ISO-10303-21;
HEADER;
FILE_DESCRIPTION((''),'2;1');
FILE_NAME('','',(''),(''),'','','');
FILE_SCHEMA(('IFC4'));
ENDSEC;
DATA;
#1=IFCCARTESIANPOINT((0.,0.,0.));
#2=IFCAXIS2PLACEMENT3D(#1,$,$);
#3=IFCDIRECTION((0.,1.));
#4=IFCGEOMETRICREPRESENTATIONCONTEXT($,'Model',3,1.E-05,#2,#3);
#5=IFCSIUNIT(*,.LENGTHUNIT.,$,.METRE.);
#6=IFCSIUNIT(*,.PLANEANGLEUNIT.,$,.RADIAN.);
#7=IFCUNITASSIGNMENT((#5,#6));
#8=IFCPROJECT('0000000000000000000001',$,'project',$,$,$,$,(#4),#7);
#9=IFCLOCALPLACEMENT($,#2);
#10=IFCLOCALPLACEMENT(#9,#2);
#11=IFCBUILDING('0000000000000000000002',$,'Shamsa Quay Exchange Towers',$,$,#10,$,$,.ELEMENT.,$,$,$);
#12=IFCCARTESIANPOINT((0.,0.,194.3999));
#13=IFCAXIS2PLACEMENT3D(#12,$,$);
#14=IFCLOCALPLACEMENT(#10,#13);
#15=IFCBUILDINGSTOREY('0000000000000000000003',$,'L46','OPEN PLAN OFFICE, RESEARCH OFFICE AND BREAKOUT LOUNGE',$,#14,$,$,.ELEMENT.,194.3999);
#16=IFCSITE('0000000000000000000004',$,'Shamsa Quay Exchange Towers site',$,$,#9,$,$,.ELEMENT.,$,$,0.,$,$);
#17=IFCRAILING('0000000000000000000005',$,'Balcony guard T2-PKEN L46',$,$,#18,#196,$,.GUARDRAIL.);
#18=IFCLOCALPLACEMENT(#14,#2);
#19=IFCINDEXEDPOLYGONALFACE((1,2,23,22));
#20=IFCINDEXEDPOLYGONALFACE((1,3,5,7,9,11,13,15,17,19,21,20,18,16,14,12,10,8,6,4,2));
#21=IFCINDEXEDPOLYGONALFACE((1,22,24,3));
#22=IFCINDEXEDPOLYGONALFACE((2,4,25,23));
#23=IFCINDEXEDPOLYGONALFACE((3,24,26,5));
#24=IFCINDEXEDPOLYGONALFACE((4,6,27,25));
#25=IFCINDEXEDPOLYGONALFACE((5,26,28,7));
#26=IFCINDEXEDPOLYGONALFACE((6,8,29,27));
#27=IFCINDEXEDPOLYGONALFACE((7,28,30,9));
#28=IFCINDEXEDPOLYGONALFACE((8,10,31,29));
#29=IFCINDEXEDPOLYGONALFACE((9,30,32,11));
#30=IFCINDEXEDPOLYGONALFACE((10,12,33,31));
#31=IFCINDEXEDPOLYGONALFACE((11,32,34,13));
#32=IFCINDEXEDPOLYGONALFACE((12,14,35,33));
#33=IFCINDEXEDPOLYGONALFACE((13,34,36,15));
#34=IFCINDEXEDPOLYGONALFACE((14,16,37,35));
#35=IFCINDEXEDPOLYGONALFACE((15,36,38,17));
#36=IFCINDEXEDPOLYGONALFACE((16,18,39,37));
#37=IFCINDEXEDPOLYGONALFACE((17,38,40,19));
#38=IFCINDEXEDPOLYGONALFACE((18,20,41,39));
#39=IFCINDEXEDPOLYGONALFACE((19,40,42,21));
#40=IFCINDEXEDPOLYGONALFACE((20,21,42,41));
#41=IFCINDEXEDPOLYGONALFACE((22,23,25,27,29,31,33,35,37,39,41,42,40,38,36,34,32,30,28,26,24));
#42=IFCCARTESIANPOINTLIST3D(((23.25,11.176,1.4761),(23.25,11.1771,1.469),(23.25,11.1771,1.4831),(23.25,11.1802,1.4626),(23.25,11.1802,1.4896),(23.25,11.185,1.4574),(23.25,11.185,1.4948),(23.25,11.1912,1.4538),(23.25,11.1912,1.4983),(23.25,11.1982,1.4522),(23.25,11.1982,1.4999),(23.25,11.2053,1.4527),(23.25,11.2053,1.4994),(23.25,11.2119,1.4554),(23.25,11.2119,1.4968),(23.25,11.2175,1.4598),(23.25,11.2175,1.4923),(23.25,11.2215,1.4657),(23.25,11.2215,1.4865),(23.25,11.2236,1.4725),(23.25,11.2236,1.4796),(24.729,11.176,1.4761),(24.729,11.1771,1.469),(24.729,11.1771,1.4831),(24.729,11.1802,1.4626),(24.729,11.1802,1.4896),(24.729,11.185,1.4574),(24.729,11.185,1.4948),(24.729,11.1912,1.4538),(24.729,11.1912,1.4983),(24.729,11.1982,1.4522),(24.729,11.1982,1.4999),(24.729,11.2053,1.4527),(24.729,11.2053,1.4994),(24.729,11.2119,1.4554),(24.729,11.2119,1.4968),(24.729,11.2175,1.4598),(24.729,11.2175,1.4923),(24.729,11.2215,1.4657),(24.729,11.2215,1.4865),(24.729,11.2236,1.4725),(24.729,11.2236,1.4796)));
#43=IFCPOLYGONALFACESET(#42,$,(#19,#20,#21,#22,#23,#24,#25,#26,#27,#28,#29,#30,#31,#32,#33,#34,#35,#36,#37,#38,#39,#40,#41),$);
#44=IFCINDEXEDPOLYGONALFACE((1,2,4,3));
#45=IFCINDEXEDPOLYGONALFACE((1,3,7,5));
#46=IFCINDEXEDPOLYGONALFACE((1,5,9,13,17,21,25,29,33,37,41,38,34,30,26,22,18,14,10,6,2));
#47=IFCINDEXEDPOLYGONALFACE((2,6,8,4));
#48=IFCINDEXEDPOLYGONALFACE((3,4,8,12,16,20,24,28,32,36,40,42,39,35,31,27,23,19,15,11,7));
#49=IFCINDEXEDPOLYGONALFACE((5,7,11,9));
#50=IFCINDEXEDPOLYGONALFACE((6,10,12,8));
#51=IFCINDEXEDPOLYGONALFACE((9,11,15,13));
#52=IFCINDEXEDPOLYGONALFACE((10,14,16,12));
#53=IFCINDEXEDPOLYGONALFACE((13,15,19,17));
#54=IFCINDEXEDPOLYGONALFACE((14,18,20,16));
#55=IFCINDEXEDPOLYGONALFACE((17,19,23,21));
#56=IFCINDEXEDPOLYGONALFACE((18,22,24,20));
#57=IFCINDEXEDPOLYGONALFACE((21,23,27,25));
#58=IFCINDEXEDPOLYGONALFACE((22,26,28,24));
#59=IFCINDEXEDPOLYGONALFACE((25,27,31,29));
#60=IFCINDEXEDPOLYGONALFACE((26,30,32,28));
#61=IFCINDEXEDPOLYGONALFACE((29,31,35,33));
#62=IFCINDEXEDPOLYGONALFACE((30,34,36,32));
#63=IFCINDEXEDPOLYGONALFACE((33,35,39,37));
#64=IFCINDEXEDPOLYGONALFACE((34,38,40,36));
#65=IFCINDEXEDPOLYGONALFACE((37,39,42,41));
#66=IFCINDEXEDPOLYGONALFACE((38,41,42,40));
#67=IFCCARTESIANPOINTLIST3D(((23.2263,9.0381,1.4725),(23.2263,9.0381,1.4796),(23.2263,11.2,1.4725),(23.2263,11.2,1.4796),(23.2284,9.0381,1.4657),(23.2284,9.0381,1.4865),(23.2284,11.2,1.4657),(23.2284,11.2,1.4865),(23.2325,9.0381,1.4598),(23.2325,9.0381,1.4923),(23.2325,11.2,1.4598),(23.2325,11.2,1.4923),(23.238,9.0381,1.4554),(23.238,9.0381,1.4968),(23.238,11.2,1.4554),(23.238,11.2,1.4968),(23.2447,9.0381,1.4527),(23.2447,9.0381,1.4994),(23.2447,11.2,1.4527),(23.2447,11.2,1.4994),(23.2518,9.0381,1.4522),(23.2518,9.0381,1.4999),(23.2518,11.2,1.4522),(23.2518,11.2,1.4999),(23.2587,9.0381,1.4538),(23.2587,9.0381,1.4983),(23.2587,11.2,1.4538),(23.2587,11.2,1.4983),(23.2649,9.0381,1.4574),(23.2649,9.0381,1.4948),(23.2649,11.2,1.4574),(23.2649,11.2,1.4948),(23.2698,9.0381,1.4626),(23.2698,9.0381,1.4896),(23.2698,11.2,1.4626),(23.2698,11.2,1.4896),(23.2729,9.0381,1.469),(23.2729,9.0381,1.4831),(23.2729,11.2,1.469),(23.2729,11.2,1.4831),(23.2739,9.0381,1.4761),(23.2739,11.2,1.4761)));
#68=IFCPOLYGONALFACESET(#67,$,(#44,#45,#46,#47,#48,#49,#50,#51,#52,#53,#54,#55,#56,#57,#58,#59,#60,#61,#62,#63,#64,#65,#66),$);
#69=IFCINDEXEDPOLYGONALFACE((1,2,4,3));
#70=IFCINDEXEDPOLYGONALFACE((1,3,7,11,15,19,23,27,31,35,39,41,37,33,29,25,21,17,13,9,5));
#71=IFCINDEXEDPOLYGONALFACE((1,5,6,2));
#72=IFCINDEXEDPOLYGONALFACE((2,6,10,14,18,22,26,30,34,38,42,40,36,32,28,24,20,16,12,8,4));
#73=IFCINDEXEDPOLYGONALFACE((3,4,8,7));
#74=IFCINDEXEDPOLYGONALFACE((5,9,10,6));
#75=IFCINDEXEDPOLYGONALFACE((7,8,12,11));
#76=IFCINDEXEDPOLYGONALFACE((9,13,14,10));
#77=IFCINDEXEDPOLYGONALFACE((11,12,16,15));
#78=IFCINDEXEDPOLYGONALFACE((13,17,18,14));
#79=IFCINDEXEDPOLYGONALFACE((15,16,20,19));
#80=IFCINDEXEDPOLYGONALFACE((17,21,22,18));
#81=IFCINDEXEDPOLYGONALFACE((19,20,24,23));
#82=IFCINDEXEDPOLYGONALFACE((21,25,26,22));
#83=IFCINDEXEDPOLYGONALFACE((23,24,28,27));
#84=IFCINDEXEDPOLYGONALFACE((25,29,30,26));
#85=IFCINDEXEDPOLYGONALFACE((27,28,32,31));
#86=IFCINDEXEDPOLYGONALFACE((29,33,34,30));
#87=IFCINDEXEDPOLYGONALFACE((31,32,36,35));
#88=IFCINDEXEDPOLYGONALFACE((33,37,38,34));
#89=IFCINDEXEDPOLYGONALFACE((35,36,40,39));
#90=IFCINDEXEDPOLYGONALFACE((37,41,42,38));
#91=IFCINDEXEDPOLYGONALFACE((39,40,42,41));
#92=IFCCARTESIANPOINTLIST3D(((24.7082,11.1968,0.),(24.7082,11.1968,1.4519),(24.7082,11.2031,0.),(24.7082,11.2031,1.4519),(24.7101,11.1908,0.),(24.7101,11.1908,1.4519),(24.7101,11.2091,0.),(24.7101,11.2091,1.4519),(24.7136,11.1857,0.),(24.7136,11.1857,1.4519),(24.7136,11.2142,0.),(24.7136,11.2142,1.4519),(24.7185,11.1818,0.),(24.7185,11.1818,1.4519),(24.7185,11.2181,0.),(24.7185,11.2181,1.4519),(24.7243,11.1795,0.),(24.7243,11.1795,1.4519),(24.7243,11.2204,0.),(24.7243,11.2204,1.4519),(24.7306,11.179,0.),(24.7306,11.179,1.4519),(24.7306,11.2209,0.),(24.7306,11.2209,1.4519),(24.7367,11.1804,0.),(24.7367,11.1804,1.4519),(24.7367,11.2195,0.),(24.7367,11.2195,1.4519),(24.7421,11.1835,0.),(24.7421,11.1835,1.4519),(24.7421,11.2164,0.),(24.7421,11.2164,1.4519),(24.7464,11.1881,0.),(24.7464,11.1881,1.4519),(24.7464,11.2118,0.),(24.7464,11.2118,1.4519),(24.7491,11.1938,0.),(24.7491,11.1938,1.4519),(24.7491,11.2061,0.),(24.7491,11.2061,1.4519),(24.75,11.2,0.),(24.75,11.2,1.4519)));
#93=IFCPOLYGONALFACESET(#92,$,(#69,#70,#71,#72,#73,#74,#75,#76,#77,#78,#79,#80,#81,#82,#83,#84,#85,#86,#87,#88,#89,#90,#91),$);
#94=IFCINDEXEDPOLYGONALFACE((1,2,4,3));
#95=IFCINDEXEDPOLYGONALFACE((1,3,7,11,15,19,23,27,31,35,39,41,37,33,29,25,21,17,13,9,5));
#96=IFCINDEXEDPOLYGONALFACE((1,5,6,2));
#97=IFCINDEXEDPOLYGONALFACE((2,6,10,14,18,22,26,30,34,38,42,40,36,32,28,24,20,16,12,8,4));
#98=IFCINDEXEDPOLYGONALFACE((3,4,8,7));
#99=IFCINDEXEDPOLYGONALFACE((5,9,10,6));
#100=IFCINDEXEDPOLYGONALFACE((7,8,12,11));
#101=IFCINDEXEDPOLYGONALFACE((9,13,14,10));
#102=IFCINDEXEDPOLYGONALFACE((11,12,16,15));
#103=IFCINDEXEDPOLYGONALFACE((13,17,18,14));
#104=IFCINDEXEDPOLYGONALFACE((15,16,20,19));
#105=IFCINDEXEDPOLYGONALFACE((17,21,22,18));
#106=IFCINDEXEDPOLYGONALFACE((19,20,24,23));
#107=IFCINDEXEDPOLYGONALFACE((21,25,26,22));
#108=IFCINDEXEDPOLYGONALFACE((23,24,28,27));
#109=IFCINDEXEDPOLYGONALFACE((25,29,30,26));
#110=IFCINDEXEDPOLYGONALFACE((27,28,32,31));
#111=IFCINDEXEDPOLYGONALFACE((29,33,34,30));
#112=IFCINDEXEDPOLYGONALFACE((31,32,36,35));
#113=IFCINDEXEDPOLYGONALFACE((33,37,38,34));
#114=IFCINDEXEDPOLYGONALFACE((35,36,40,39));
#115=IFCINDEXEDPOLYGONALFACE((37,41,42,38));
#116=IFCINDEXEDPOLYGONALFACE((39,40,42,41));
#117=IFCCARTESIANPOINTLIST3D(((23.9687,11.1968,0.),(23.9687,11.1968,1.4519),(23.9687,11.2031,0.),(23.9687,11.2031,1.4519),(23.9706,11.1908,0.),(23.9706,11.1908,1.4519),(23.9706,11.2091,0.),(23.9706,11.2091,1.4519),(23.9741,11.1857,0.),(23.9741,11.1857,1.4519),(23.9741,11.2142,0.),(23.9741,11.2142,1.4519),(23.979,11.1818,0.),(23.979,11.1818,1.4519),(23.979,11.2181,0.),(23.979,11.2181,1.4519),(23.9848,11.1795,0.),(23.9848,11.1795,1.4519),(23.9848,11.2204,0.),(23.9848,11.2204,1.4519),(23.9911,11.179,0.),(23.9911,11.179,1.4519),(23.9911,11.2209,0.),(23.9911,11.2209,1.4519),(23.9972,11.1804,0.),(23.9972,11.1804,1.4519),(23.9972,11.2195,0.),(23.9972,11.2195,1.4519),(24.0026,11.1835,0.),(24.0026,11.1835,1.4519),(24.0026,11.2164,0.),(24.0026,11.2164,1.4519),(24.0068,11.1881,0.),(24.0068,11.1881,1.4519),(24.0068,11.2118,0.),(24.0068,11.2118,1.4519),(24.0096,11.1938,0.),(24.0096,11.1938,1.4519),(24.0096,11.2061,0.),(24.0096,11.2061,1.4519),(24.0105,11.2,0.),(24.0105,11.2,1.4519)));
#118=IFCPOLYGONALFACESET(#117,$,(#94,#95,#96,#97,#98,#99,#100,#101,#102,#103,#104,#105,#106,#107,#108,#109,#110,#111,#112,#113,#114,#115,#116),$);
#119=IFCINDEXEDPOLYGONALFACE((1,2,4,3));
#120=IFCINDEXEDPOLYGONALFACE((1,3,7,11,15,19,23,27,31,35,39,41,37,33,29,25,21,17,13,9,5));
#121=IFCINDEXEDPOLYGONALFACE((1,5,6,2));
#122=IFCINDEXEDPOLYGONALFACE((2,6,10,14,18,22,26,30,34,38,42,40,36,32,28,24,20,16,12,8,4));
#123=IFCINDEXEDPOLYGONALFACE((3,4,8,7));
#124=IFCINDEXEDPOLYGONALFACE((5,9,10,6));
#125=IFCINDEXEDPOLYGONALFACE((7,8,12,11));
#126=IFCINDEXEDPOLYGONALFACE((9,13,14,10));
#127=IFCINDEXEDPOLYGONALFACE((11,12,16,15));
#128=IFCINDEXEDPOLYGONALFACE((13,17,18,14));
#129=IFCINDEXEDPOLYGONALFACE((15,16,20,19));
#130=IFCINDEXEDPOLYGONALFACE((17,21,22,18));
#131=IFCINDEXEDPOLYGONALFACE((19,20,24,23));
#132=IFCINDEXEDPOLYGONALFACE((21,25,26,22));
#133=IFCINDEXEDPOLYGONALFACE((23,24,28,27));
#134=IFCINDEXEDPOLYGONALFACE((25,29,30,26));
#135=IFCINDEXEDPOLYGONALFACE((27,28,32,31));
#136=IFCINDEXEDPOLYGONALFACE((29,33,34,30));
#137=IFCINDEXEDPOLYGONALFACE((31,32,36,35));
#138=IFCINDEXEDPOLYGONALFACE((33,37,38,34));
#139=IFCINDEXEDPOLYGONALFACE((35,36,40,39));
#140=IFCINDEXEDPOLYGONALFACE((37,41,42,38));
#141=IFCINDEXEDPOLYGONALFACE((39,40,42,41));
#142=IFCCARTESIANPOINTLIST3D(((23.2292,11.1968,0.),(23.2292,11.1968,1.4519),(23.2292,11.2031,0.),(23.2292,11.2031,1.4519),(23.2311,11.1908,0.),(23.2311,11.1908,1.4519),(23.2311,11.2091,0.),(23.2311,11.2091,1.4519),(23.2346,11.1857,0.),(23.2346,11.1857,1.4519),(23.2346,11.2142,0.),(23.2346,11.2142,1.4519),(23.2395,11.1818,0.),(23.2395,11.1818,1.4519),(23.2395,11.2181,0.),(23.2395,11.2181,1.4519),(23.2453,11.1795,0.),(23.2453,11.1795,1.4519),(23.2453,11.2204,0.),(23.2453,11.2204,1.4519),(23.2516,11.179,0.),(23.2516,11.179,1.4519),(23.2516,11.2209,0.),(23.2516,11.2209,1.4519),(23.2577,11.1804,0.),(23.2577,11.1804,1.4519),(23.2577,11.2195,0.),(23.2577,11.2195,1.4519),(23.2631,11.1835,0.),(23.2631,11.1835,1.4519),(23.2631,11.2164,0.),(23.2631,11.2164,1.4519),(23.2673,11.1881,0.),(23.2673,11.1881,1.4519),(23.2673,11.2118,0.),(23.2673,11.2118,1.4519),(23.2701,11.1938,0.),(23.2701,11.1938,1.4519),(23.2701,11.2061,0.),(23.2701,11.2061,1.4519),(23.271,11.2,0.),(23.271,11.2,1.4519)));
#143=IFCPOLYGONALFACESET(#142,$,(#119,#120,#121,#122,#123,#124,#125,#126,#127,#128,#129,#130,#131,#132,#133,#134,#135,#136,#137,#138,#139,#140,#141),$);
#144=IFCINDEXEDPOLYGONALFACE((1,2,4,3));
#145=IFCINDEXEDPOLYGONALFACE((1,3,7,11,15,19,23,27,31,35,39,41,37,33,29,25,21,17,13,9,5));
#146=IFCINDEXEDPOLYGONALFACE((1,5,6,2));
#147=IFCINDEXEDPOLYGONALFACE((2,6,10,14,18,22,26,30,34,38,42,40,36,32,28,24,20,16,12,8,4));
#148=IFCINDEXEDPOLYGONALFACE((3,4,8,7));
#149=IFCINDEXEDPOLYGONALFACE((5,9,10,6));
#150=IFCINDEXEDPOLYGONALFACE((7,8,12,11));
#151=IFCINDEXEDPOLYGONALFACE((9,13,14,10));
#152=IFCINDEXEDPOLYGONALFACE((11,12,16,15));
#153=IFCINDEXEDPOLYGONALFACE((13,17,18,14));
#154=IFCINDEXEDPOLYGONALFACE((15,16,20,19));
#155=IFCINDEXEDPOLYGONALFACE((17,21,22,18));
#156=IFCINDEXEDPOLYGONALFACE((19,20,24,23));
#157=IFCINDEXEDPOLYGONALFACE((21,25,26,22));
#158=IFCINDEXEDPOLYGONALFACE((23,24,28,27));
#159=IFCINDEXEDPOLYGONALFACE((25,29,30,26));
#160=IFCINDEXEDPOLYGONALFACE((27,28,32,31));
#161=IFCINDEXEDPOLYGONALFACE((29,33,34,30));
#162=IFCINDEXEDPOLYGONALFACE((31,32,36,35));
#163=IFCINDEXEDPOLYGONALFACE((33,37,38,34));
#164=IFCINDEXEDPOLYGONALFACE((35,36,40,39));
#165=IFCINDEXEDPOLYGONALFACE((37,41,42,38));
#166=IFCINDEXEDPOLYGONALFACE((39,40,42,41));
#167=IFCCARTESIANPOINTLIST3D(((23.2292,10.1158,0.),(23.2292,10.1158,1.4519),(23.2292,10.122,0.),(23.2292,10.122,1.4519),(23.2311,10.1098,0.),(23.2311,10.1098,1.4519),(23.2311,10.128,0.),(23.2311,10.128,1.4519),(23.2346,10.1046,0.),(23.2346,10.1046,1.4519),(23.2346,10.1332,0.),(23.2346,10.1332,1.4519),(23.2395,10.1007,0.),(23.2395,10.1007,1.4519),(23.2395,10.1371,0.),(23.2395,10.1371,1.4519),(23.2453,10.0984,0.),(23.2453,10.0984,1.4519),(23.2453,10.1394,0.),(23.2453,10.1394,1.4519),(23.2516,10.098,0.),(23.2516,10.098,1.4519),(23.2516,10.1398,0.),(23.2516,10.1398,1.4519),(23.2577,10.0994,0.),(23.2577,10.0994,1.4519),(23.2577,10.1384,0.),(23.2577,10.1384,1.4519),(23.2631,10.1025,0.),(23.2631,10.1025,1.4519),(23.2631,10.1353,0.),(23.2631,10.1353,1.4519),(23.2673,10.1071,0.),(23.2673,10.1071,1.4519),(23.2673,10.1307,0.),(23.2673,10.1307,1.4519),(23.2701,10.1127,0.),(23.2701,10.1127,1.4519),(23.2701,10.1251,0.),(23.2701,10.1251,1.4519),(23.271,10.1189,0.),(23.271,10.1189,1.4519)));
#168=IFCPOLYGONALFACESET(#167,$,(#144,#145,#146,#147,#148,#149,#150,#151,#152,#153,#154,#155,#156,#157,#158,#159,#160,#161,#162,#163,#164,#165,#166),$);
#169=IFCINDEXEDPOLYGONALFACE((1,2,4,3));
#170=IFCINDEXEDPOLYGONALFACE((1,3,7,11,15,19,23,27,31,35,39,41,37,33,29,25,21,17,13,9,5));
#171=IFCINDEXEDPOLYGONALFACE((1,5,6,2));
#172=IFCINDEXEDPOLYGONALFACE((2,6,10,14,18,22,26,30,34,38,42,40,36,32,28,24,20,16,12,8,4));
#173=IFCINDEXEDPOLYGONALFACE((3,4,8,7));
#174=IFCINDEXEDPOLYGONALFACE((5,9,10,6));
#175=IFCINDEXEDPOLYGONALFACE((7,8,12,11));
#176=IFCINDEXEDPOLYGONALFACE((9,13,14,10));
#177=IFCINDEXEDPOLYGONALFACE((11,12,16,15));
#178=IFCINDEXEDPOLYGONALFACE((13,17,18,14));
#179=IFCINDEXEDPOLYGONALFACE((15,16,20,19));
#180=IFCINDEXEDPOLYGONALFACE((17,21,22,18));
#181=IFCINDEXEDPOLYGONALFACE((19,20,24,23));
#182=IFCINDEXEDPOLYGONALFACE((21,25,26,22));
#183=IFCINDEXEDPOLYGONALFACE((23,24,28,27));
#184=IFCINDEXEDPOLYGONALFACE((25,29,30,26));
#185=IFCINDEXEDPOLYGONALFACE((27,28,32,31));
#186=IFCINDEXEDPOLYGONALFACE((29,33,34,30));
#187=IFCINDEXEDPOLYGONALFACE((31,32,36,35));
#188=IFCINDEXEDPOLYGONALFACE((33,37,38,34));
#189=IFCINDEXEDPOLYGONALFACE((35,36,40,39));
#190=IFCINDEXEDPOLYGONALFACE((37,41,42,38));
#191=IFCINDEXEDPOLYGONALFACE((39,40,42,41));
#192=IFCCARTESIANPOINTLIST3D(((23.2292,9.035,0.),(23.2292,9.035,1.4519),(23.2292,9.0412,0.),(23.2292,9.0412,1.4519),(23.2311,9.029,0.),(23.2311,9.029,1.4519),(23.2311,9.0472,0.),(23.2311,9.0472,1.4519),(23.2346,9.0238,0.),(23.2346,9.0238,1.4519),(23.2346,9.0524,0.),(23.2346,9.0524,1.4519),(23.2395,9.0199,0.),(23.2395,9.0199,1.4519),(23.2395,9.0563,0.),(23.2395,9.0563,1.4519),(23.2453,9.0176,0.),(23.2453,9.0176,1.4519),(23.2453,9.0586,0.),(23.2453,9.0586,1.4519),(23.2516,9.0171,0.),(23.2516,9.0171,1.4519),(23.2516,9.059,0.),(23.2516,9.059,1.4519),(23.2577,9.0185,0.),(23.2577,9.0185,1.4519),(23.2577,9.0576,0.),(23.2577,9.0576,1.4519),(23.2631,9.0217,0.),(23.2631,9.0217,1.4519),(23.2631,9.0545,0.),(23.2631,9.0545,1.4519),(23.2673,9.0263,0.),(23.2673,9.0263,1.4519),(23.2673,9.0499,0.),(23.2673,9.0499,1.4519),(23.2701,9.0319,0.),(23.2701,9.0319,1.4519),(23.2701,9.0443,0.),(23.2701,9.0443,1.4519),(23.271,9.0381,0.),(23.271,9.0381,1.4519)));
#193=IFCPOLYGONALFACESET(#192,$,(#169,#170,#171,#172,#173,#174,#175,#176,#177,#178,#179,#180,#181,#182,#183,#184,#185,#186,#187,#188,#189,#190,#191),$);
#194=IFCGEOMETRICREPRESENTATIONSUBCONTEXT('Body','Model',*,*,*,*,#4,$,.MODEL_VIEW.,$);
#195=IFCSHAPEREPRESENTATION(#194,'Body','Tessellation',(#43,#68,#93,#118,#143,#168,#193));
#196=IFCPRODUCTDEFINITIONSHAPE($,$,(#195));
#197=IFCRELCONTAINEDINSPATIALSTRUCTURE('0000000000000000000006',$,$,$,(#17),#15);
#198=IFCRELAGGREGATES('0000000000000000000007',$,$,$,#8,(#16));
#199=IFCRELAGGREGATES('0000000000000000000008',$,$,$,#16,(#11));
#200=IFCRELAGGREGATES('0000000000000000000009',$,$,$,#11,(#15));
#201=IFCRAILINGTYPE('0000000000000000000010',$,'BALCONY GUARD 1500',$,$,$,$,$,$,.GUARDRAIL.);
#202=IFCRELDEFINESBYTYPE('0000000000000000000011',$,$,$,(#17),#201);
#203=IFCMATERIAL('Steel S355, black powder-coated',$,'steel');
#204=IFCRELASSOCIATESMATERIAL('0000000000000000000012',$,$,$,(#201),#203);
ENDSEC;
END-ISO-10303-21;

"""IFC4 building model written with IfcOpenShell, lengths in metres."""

from ifc_helpers import new_model, si_unit, direction, frame, origin, origin_2d, place, context, subcontext, project, spatial, circle, extrude, material, type_object, element, save


model = new_model("IFC4")

# Units and contexts
model_context = context("Model", 3, precision=1e-05, world=origin(), true_north=direction((0.0, 1.0)))
body_context = subcontext(model_context, "Body", "Model", "MODEL_VIEW")
ifc_project = project(units=[si_unit("LENGTHUNIT", "METRE"), si_unit("PLANEANGLEUNIT", "RADIAN")], contexts=[model_context])

# Site, building, storey
site_placement = place(None, origin())
site = spatial("IfcSite", under=ifc_project, at=site_placement, Name="Shamsa Quay Exchange Towers site", CompositionType="ELEMENT", RefElevation=0.0)
building_placement = place(site_placement, origin())
building = spatial("IfcBuilding", under=site, at=building_placement, Name="Shamsa Quay Exchange Towers", CompositionType="ELEMENT")
storey_placement = place(building_placement, frame((0.0, 0.0, 194.3999)))
storey = spatial("IfcBuildingStorey", under=building, at=storey_placement, Name="L46", Description="OPEN PLAN OFFICE, RESEARCH OFFICE AND BREAKOUT LOUNGE", CompositionType="ELEMENT", Elevation=194.3999)

# Railing
ifc_material_1 = material(Name="Steel S355, black powder-coated", Category="steel")
railing_type = type_object("IfcRailingType", Name="BALCONY GUARD 1500", PredefinedType="GUARDRAIL", material=ifc_material_1)
for number, where, name in (
    (1, (24.729, 11.2, 0.0), "Balcony guard T2-PKEN L46"),
):
    element("IfcRailing", number, at=place(storey_placement, frame(where)), inside=storey, type_object=railing_type, Name=name, PredefinedType="GUARDRAIL", context=body_context, shape_type="SweptSolid", body=[
        extrude(circle(Radius=0.0239, at=origin_2d()), frame((0.0, 0.0, 1.4761), z_axis=(-1.0, 0.0, 0.0), x_axis=(0.0, -1.0, 0.0)), (0.0, 0.0, 1.0), 1.479),
        extrude(circle(Radius=0.0239, at=origin_2d()), frame((-1.479, 0.0, 1.4761), z_axis=(0.0, -1.0, 0.0), x_axis=(1.0, 0.0, 0.0)), (0.0, 0.0, 1.0), 2.1619),
        extrude(circle(Radius=0.021, at=origin_2d()), origin(), (0.0, 0.0, 1.0), 1.4519),
        extrude(circle(Radius=0.021, at=origin_2d()), frame((-0.7395, 0.0, 0.0)), (0.0, 0.0, 1.0), 1.4519),
        extrude(circle(Radius=0.021, at=origin_2d()), frame((-1.479, 0.0, 0.0)), (0.0, 0.0, 1.0), 1.4519),
        extrude(circle(Radius=0.021, at=origin_2d()), frame((-1.479, -1.0811, 0.0)), (0.0, 0.0, 1.0), 1.4519),
        extrude(circle(Radius=0.021, at=origin_2d()), frame((-1.479, -2.1619, 0.0)), (0.0, 0.0, 1.0), 1.4519),
    ])

save(model, "model.ifc")
